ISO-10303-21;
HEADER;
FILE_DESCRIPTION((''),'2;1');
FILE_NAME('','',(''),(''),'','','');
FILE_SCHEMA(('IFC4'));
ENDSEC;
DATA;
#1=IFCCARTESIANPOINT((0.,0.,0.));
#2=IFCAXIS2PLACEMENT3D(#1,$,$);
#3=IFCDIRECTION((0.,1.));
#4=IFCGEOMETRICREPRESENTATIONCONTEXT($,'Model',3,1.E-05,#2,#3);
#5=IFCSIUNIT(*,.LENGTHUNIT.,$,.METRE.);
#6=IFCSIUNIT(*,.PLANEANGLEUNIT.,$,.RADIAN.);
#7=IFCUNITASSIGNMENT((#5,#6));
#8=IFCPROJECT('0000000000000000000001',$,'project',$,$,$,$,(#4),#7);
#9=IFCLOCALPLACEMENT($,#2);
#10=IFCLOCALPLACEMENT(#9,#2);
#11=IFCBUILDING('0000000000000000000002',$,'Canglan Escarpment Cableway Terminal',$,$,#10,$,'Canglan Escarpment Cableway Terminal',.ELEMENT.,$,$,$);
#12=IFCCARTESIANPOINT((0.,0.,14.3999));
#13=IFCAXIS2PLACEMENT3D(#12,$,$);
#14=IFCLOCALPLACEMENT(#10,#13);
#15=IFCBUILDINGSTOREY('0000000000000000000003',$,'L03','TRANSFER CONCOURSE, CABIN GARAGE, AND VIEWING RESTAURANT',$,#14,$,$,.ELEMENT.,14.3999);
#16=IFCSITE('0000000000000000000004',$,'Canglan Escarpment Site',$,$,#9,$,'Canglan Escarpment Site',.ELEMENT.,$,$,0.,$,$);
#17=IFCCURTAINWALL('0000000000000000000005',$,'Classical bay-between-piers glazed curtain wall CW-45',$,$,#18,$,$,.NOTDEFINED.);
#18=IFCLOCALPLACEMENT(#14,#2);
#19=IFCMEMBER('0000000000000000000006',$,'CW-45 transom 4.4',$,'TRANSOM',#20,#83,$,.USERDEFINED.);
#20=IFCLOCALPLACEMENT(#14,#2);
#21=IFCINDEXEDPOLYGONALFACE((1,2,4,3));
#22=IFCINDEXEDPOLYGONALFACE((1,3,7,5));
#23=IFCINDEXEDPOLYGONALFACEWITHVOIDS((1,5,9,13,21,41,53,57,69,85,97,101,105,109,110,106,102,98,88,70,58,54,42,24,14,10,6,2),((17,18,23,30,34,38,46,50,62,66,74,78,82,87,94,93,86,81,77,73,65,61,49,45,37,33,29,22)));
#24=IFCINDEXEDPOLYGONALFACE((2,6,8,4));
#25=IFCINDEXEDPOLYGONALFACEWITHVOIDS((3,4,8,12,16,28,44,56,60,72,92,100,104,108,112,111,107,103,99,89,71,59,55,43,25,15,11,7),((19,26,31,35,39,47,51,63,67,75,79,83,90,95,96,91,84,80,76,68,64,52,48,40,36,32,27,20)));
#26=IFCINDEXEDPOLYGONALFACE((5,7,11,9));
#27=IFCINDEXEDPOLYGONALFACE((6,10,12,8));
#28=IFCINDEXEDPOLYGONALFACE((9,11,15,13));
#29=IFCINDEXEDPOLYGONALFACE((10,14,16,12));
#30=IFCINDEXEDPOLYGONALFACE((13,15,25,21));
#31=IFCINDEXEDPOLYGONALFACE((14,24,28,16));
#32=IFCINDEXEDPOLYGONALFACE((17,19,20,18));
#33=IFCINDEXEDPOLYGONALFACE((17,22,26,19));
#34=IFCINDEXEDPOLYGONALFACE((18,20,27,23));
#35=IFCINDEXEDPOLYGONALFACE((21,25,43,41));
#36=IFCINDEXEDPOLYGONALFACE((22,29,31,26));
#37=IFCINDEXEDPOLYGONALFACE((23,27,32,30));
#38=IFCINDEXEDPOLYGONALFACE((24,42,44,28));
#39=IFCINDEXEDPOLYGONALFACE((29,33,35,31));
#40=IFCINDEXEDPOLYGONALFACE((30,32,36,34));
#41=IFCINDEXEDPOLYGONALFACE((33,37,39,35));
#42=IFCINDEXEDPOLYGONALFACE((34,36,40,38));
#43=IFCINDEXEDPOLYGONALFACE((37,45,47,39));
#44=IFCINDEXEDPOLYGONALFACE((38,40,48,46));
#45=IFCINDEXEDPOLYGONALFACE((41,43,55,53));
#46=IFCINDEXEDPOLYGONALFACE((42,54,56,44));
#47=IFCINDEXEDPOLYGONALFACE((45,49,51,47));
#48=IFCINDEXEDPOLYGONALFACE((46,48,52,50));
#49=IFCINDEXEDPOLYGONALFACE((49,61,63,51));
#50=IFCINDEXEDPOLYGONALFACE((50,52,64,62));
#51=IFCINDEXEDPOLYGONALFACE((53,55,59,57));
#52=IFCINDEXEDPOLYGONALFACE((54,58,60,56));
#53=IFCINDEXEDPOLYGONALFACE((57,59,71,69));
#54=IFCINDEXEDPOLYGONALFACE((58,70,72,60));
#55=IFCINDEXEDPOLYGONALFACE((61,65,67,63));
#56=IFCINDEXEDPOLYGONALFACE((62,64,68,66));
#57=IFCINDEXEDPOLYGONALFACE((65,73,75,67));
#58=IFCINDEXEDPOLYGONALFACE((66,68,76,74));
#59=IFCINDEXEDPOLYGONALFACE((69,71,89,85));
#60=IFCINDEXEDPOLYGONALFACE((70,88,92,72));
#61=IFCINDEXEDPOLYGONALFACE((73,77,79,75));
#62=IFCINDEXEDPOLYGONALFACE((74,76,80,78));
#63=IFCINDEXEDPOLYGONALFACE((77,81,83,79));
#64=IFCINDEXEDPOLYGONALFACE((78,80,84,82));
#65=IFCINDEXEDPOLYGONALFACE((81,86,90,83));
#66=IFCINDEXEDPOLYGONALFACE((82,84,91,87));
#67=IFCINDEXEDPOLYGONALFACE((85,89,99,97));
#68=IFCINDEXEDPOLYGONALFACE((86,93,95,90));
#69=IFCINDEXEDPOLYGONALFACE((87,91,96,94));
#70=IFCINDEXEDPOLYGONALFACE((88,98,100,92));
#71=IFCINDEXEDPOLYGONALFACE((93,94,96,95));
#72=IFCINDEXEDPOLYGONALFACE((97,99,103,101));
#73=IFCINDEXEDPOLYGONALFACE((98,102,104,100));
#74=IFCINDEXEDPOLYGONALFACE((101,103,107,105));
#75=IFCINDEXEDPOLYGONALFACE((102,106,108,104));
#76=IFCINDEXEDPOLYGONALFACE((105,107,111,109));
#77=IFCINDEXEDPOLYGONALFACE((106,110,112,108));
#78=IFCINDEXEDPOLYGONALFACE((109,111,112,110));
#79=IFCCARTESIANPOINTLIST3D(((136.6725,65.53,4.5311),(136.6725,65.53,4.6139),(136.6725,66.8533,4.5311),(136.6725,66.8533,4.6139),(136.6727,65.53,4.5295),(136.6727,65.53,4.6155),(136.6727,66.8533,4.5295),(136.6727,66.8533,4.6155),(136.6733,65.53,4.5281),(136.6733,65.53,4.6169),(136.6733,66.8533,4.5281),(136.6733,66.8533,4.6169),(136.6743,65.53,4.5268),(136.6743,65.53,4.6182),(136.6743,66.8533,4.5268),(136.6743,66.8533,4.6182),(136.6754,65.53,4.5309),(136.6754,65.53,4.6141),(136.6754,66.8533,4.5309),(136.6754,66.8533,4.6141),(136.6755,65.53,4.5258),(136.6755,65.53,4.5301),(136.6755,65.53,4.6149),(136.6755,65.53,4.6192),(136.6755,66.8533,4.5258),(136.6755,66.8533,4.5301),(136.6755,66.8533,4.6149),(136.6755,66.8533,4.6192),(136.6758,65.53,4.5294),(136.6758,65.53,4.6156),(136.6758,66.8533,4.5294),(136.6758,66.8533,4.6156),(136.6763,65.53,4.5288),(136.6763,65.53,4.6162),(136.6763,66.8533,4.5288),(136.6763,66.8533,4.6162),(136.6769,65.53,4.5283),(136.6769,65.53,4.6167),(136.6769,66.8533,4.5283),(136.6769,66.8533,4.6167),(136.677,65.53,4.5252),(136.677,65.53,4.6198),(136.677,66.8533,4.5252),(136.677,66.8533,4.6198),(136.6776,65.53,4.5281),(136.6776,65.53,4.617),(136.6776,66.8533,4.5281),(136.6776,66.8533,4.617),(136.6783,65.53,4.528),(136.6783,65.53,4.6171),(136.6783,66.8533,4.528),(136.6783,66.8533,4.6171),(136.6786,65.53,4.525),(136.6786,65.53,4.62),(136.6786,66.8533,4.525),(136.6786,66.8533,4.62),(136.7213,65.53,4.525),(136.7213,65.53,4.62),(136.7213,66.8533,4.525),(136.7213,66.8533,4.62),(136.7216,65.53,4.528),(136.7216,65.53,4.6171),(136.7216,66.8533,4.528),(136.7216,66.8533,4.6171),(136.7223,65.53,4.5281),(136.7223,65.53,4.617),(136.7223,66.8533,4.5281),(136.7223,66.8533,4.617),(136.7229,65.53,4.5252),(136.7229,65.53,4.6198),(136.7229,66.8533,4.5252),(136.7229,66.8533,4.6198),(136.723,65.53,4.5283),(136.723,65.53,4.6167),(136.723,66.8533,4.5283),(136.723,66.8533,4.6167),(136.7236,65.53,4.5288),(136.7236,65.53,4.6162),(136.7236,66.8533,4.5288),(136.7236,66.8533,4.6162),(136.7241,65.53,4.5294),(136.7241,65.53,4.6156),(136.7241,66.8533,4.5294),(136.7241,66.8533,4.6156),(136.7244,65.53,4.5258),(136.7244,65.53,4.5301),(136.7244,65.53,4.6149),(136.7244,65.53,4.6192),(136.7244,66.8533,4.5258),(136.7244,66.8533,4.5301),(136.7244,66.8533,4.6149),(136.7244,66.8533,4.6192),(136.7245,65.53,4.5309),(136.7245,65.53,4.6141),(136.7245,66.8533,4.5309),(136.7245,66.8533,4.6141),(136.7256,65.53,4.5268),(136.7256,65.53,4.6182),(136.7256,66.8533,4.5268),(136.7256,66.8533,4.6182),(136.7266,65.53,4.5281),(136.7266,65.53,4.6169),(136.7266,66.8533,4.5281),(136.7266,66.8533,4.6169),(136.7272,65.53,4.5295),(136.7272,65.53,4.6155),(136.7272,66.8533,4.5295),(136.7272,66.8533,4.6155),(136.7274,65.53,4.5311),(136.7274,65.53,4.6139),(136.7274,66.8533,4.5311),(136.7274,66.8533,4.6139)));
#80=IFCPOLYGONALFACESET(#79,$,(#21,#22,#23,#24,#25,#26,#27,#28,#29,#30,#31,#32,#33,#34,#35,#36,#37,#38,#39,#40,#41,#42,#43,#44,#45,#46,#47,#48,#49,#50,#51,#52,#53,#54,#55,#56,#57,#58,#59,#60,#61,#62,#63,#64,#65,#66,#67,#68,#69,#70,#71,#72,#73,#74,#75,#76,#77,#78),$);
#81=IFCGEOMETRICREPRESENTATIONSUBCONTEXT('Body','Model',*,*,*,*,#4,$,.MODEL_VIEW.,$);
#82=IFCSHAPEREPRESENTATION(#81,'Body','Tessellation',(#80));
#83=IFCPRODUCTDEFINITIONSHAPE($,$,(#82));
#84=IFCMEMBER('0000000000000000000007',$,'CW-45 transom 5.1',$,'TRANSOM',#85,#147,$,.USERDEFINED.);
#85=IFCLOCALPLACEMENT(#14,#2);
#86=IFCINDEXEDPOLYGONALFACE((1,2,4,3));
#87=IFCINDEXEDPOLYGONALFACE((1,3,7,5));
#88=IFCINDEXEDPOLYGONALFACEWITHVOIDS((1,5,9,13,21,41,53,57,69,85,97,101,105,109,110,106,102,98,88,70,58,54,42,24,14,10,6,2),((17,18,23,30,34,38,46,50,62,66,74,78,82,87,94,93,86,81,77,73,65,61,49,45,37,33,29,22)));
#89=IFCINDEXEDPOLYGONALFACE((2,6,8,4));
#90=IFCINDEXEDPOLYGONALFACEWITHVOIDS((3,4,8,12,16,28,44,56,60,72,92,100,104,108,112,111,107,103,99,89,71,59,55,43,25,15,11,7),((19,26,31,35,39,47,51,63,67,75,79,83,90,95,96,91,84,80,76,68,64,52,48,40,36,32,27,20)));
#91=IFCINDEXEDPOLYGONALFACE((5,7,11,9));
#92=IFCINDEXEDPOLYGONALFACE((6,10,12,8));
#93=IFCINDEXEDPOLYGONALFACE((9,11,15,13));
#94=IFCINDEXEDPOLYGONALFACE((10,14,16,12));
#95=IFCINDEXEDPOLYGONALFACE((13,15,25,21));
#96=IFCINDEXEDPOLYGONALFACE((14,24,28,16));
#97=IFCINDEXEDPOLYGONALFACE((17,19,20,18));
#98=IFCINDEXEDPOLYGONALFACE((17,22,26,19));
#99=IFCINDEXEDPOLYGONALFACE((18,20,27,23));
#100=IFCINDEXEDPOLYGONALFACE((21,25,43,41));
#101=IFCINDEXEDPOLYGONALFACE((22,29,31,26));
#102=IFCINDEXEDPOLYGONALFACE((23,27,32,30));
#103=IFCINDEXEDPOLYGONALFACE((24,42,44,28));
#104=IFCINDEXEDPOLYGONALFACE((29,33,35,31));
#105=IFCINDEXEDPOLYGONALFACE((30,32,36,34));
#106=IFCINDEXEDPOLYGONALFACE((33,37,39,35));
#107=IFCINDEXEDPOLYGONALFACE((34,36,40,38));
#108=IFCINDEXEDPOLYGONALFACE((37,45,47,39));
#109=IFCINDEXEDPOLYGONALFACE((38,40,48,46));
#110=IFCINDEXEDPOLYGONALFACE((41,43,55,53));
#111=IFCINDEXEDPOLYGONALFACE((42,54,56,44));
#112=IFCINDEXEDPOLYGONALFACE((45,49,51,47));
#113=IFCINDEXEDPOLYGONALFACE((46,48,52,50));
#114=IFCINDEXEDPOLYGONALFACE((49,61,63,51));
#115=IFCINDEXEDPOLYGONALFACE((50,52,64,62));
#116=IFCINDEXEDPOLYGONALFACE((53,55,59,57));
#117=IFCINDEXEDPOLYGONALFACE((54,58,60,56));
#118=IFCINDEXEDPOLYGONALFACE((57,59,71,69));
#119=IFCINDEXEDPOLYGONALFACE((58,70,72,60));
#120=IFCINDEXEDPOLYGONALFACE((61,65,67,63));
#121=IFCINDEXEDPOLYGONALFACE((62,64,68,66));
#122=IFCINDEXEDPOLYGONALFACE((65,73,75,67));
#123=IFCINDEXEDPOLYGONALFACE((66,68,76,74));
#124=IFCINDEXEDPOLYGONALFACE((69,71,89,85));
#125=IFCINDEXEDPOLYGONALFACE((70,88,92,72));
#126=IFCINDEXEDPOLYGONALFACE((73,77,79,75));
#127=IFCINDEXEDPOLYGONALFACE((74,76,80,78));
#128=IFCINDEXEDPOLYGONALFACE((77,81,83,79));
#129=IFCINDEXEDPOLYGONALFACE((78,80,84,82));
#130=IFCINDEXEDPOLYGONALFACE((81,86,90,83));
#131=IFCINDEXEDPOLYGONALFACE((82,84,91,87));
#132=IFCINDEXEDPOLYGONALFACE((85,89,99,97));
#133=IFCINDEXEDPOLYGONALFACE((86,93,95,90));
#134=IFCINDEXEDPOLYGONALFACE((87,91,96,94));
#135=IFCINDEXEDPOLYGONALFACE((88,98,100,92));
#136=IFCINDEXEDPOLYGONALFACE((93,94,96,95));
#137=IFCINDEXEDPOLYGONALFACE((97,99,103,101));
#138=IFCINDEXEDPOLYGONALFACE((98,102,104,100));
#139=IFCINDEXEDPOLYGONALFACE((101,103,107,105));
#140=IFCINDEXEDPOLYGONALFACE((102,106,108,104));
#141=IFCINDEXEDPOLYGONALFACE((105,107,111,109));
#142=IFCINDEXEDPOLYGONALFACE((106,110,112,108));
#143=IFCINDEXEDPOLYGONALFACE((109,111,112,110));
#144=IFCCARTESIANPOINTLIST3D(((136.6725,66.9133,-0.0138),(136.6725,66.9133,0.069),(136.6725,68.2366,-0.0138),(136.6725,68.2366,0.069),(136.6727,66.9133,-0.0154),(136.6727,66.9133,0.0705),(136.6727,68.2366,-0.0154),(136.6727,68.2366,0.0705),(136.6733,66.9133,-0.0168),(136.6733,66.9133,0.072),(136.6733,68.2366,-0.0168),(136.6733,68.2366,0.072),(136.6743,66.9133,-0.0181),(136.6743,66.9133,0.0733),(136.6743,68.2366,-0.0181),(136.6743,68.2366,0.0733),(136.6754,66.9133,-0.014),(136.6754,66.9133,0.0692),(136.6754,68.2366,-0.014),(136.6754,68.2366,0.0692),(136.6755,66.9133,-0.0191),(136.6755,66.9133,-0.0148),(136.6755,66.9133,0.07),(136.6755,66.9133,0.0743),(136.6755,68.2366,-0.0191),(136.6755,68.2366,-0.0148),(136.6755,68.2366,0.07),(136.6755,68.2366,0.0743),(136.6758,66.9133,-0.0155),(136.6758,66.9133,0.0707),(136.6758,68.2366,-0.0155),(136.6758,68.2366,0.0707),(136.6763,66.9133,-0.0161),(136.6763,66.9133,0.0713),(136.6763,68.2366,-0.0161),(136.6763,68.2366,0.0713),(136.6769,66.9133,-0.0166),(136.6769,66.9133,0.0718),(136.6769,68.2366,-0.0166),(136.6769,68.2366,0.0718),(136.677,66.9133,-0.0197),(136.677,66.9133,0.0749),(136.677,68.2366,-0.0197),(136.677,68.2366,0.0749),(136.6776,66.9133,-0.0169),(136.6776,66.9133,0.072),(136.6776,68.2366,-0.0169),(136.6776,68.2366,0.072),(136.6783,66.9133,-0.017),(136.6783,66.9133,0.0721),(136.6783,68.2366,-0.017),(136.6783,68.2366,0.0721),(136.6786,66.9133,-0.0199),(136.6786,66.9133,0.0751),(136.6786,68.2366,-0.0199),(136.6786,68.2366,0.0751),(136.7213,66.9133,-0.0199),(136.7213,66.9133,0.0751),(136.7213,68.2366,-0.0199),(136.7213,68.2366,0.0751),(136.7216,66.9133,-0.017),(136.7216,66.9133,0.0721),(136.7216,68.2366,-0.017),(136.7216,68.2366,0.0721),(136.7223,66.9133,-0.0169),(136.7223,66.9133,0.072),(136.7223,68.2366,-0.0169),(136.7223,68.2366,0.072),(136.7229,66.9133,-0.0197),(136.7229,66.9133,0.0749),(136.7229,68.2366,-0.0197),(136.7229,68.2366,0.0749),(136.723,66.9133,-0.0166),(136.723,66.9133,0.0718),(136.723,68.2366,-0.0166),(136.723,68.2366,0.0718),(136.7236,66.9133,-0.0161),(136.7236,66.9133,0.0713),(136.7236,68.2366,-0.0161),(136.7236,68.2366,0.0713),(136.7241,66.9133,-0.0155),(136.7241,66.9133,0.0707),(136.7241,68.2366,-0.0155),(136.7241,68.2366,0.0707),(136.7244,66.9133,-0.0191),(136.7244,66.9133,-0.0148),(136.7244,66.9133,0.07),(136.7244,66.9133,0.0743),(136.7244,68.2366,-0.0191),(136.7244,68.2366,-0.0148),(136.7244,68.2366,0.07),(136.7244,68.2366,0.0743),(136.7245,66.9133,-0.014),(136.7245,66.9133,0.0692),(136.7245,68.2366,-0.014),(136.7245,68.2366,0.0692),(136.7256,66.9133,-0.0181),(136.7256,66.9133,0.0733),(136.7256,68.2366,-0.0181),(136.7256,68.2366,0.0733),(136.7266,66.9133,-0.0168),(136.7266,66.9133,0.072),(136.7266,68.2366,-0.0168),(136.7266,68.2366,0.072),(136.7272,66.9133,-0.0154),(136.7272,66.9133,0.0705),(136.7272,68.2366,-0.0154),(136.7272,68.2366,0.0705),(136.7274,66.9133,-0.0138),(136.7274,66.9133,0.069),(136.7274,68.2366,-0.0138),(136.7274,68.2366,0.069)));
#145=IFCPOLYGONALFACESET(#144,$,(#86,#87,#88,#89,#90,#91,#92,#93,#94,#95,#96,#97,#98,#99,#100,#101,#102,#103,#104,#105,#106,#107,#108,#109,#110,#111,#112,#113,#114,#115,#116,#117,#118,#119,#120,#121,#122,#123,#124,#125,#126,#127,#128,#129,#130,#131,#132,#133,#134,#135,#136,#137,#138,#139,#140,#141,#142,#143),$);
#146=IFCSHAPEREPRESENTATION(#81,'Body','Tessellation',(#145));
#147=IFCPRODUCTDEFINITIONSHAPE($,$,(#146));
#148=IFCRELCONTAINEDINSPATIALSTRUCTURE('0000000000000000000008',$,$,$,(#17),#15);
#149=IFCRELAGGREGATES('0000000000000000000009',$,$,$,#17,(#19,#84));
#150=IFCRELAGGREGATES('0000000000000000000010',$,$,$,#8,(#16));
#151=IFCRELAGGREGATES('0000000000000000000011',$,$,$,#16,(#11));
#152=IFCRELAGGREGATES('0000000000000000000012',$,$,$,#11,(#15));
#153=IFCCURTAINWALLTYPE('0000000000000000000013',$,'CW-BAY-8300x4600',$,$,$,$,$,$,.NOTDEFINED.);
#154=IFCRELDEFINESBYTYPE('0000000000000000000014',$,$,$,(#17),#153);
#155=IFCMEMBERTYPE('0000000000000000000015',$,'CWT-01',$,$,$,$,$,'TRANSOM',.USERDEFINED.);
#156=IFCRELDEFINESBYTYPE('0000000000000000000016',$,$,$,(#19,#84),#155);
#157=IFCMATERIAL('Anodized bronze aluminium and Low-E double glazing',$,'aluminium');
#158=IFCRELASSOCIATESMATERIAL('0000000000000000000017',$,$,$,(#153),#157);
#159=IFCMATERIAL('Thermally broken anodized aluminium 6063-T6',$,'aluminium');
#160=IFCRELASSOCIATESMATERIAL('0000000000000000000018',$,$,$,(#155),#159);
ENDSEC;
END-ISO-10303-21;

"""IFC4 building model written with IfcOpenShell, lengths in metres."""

from ifc_helpers import new_model, si_unit, direction, frame, origin, origin_2d, place, context, subcontext, project, spatial, hollow_rectangle, extrude, material, material_profile, profile_set, type_object, element, aggregate, save


model = new_model("IFC4")

# Units and contexts
model_context = context("Model", 3, precision=1e-05, world=origin(), true_north=direction((0.0, 1.0)))
body_context = subcontext(model_context, "Body", "Model", "MODEL_VIEW")
ifc_project = project(units=[si_unit("LENGTHUNIT", "METRE"), si_unit("PLANEANGLEUNIT", "RADIAN")], contexts=[model_context])

# Site, building, storey
site_placement = place(None, origin())
site = spatial("IfcSite", under=ifc_project, at=site_placement, Name="Canglan Escarpment Site", LongName="Canglan Escarpment Site", CompositionType="ELEMENT", RefElevation=0.0)
building_placement = place(site_placement, origin())
building = spatial("IfcBuilding", under=site, at=building_placement, Name="Canglan Escarpment Cableway Terminal", LongName="Canglan Escarpment Cableway Terminal", CompositionType="ELEMENT")
storey_placement = place(building_placement, frame((0.0, 0.0, 14.3999)))
storey = spatial("IfcBuildingStorey", under=building, at=storey_placement, Name="L03", Description="TRANSFER CONCOURSE, CABIN GARAGE, AND VIEWING RESTAURANT", CompositionType="ELEMENT", Elevation=14.3999)

# Curtain wall, members
ifc_material_1 = material(Name="Anodized bronze aluminium and Low-E double glazing", Category="aluminium")
curtain_wall_type = type_object("IfcCurtainWallType", Name="CW-BAY-8300x4600", PredefinedType="NOTDEFINED", material=ifc_material_1)
curtain_wall_placement = place(storey_placement, origin())
curtain_wall = element("IfcCurtainWall", 1, at=curtain_wall_placement, inside=storey, type_object=curtain_wall_type, Name="Classical bay-between-piers glazed curtain wall CW-45", PredefinedType="NOTDEFINED")
ifc_material_2 = material(Name="Thermally broken anodized aluminium 6063-T6", Category="aluminium")
ifc_material_profile_1 = material_profile(ifc_material_2, hollow_rectangle(XDim=0.0549, YDim=0.095, WallThickness=0.0029, InnerFilletRadius=0.0029, OuterFilletRadius=0.0061, at=origin_2d()), Name="ALU-TRAN 55x95x3")
ifc_profile_set_1 = profile_set([ifc_material_profile_1], Name="Thermally broken anodized aluminium 6063-T6")
member_type_1 = type_object("IfcMemberType", Name="CWT-01", ElementType="TRANSOM", PredefinedType="USERDEFINED", material=ifc_profile_set_1)
member_1_placement = place(storey_placement, frame((136.7, 65.53, 4.5725), z_axis=(0.0, 1.0, 0.0), x_axis=(-1.0, 0.0, 0.0)))
member_1 = element("IfcMember", 2, at=member_1_placement, type_object=member_type_1, Name="CW-45 transom 4.4", ObjectType="TRANSOM", PredefinedType="USERDEFINED", context=body_context, shape_type="SweptSolid", body=[
    extrude(hollow_rectangle(XDim=0.0549, YDim=0.095, WallThickness=0.0029, InnerFilletRadius=0.0029, OuterFilletRadius=0.0061, at=origin_2d()), origin(), (0.0, 0.0, 1.0), 1.3232),
])
member_2_placement = place(storey_placement, frame((136.7, 66.9133, 0.0276), z_axis=(0.0, 1.0, 0.0), x_axis=(-1.0, 0.0, 0.0)))
member_2 = element("IfcMember", 3, at=member_2_placement, type_object=member_type_1, Name="CW-45 transom 5.1", ObjectType="TRANSOM", PredefinedType="USERDEFINED", context=body_context, shape_type="SweptSolid", body=[
    extrude(hollow_rectangle(XDim=0.0549, YDim=0.095, WallThickness=0.0029, InnerFilletRadius=0.0029, OuterFilletRadius=0.0061, at=origin_2d()), origin(), (0.0, 0.0, 1.0), 1.3232),
])

aggregate(curtain_wall, [member_1, member_2])

save(model, "model.ifc")
